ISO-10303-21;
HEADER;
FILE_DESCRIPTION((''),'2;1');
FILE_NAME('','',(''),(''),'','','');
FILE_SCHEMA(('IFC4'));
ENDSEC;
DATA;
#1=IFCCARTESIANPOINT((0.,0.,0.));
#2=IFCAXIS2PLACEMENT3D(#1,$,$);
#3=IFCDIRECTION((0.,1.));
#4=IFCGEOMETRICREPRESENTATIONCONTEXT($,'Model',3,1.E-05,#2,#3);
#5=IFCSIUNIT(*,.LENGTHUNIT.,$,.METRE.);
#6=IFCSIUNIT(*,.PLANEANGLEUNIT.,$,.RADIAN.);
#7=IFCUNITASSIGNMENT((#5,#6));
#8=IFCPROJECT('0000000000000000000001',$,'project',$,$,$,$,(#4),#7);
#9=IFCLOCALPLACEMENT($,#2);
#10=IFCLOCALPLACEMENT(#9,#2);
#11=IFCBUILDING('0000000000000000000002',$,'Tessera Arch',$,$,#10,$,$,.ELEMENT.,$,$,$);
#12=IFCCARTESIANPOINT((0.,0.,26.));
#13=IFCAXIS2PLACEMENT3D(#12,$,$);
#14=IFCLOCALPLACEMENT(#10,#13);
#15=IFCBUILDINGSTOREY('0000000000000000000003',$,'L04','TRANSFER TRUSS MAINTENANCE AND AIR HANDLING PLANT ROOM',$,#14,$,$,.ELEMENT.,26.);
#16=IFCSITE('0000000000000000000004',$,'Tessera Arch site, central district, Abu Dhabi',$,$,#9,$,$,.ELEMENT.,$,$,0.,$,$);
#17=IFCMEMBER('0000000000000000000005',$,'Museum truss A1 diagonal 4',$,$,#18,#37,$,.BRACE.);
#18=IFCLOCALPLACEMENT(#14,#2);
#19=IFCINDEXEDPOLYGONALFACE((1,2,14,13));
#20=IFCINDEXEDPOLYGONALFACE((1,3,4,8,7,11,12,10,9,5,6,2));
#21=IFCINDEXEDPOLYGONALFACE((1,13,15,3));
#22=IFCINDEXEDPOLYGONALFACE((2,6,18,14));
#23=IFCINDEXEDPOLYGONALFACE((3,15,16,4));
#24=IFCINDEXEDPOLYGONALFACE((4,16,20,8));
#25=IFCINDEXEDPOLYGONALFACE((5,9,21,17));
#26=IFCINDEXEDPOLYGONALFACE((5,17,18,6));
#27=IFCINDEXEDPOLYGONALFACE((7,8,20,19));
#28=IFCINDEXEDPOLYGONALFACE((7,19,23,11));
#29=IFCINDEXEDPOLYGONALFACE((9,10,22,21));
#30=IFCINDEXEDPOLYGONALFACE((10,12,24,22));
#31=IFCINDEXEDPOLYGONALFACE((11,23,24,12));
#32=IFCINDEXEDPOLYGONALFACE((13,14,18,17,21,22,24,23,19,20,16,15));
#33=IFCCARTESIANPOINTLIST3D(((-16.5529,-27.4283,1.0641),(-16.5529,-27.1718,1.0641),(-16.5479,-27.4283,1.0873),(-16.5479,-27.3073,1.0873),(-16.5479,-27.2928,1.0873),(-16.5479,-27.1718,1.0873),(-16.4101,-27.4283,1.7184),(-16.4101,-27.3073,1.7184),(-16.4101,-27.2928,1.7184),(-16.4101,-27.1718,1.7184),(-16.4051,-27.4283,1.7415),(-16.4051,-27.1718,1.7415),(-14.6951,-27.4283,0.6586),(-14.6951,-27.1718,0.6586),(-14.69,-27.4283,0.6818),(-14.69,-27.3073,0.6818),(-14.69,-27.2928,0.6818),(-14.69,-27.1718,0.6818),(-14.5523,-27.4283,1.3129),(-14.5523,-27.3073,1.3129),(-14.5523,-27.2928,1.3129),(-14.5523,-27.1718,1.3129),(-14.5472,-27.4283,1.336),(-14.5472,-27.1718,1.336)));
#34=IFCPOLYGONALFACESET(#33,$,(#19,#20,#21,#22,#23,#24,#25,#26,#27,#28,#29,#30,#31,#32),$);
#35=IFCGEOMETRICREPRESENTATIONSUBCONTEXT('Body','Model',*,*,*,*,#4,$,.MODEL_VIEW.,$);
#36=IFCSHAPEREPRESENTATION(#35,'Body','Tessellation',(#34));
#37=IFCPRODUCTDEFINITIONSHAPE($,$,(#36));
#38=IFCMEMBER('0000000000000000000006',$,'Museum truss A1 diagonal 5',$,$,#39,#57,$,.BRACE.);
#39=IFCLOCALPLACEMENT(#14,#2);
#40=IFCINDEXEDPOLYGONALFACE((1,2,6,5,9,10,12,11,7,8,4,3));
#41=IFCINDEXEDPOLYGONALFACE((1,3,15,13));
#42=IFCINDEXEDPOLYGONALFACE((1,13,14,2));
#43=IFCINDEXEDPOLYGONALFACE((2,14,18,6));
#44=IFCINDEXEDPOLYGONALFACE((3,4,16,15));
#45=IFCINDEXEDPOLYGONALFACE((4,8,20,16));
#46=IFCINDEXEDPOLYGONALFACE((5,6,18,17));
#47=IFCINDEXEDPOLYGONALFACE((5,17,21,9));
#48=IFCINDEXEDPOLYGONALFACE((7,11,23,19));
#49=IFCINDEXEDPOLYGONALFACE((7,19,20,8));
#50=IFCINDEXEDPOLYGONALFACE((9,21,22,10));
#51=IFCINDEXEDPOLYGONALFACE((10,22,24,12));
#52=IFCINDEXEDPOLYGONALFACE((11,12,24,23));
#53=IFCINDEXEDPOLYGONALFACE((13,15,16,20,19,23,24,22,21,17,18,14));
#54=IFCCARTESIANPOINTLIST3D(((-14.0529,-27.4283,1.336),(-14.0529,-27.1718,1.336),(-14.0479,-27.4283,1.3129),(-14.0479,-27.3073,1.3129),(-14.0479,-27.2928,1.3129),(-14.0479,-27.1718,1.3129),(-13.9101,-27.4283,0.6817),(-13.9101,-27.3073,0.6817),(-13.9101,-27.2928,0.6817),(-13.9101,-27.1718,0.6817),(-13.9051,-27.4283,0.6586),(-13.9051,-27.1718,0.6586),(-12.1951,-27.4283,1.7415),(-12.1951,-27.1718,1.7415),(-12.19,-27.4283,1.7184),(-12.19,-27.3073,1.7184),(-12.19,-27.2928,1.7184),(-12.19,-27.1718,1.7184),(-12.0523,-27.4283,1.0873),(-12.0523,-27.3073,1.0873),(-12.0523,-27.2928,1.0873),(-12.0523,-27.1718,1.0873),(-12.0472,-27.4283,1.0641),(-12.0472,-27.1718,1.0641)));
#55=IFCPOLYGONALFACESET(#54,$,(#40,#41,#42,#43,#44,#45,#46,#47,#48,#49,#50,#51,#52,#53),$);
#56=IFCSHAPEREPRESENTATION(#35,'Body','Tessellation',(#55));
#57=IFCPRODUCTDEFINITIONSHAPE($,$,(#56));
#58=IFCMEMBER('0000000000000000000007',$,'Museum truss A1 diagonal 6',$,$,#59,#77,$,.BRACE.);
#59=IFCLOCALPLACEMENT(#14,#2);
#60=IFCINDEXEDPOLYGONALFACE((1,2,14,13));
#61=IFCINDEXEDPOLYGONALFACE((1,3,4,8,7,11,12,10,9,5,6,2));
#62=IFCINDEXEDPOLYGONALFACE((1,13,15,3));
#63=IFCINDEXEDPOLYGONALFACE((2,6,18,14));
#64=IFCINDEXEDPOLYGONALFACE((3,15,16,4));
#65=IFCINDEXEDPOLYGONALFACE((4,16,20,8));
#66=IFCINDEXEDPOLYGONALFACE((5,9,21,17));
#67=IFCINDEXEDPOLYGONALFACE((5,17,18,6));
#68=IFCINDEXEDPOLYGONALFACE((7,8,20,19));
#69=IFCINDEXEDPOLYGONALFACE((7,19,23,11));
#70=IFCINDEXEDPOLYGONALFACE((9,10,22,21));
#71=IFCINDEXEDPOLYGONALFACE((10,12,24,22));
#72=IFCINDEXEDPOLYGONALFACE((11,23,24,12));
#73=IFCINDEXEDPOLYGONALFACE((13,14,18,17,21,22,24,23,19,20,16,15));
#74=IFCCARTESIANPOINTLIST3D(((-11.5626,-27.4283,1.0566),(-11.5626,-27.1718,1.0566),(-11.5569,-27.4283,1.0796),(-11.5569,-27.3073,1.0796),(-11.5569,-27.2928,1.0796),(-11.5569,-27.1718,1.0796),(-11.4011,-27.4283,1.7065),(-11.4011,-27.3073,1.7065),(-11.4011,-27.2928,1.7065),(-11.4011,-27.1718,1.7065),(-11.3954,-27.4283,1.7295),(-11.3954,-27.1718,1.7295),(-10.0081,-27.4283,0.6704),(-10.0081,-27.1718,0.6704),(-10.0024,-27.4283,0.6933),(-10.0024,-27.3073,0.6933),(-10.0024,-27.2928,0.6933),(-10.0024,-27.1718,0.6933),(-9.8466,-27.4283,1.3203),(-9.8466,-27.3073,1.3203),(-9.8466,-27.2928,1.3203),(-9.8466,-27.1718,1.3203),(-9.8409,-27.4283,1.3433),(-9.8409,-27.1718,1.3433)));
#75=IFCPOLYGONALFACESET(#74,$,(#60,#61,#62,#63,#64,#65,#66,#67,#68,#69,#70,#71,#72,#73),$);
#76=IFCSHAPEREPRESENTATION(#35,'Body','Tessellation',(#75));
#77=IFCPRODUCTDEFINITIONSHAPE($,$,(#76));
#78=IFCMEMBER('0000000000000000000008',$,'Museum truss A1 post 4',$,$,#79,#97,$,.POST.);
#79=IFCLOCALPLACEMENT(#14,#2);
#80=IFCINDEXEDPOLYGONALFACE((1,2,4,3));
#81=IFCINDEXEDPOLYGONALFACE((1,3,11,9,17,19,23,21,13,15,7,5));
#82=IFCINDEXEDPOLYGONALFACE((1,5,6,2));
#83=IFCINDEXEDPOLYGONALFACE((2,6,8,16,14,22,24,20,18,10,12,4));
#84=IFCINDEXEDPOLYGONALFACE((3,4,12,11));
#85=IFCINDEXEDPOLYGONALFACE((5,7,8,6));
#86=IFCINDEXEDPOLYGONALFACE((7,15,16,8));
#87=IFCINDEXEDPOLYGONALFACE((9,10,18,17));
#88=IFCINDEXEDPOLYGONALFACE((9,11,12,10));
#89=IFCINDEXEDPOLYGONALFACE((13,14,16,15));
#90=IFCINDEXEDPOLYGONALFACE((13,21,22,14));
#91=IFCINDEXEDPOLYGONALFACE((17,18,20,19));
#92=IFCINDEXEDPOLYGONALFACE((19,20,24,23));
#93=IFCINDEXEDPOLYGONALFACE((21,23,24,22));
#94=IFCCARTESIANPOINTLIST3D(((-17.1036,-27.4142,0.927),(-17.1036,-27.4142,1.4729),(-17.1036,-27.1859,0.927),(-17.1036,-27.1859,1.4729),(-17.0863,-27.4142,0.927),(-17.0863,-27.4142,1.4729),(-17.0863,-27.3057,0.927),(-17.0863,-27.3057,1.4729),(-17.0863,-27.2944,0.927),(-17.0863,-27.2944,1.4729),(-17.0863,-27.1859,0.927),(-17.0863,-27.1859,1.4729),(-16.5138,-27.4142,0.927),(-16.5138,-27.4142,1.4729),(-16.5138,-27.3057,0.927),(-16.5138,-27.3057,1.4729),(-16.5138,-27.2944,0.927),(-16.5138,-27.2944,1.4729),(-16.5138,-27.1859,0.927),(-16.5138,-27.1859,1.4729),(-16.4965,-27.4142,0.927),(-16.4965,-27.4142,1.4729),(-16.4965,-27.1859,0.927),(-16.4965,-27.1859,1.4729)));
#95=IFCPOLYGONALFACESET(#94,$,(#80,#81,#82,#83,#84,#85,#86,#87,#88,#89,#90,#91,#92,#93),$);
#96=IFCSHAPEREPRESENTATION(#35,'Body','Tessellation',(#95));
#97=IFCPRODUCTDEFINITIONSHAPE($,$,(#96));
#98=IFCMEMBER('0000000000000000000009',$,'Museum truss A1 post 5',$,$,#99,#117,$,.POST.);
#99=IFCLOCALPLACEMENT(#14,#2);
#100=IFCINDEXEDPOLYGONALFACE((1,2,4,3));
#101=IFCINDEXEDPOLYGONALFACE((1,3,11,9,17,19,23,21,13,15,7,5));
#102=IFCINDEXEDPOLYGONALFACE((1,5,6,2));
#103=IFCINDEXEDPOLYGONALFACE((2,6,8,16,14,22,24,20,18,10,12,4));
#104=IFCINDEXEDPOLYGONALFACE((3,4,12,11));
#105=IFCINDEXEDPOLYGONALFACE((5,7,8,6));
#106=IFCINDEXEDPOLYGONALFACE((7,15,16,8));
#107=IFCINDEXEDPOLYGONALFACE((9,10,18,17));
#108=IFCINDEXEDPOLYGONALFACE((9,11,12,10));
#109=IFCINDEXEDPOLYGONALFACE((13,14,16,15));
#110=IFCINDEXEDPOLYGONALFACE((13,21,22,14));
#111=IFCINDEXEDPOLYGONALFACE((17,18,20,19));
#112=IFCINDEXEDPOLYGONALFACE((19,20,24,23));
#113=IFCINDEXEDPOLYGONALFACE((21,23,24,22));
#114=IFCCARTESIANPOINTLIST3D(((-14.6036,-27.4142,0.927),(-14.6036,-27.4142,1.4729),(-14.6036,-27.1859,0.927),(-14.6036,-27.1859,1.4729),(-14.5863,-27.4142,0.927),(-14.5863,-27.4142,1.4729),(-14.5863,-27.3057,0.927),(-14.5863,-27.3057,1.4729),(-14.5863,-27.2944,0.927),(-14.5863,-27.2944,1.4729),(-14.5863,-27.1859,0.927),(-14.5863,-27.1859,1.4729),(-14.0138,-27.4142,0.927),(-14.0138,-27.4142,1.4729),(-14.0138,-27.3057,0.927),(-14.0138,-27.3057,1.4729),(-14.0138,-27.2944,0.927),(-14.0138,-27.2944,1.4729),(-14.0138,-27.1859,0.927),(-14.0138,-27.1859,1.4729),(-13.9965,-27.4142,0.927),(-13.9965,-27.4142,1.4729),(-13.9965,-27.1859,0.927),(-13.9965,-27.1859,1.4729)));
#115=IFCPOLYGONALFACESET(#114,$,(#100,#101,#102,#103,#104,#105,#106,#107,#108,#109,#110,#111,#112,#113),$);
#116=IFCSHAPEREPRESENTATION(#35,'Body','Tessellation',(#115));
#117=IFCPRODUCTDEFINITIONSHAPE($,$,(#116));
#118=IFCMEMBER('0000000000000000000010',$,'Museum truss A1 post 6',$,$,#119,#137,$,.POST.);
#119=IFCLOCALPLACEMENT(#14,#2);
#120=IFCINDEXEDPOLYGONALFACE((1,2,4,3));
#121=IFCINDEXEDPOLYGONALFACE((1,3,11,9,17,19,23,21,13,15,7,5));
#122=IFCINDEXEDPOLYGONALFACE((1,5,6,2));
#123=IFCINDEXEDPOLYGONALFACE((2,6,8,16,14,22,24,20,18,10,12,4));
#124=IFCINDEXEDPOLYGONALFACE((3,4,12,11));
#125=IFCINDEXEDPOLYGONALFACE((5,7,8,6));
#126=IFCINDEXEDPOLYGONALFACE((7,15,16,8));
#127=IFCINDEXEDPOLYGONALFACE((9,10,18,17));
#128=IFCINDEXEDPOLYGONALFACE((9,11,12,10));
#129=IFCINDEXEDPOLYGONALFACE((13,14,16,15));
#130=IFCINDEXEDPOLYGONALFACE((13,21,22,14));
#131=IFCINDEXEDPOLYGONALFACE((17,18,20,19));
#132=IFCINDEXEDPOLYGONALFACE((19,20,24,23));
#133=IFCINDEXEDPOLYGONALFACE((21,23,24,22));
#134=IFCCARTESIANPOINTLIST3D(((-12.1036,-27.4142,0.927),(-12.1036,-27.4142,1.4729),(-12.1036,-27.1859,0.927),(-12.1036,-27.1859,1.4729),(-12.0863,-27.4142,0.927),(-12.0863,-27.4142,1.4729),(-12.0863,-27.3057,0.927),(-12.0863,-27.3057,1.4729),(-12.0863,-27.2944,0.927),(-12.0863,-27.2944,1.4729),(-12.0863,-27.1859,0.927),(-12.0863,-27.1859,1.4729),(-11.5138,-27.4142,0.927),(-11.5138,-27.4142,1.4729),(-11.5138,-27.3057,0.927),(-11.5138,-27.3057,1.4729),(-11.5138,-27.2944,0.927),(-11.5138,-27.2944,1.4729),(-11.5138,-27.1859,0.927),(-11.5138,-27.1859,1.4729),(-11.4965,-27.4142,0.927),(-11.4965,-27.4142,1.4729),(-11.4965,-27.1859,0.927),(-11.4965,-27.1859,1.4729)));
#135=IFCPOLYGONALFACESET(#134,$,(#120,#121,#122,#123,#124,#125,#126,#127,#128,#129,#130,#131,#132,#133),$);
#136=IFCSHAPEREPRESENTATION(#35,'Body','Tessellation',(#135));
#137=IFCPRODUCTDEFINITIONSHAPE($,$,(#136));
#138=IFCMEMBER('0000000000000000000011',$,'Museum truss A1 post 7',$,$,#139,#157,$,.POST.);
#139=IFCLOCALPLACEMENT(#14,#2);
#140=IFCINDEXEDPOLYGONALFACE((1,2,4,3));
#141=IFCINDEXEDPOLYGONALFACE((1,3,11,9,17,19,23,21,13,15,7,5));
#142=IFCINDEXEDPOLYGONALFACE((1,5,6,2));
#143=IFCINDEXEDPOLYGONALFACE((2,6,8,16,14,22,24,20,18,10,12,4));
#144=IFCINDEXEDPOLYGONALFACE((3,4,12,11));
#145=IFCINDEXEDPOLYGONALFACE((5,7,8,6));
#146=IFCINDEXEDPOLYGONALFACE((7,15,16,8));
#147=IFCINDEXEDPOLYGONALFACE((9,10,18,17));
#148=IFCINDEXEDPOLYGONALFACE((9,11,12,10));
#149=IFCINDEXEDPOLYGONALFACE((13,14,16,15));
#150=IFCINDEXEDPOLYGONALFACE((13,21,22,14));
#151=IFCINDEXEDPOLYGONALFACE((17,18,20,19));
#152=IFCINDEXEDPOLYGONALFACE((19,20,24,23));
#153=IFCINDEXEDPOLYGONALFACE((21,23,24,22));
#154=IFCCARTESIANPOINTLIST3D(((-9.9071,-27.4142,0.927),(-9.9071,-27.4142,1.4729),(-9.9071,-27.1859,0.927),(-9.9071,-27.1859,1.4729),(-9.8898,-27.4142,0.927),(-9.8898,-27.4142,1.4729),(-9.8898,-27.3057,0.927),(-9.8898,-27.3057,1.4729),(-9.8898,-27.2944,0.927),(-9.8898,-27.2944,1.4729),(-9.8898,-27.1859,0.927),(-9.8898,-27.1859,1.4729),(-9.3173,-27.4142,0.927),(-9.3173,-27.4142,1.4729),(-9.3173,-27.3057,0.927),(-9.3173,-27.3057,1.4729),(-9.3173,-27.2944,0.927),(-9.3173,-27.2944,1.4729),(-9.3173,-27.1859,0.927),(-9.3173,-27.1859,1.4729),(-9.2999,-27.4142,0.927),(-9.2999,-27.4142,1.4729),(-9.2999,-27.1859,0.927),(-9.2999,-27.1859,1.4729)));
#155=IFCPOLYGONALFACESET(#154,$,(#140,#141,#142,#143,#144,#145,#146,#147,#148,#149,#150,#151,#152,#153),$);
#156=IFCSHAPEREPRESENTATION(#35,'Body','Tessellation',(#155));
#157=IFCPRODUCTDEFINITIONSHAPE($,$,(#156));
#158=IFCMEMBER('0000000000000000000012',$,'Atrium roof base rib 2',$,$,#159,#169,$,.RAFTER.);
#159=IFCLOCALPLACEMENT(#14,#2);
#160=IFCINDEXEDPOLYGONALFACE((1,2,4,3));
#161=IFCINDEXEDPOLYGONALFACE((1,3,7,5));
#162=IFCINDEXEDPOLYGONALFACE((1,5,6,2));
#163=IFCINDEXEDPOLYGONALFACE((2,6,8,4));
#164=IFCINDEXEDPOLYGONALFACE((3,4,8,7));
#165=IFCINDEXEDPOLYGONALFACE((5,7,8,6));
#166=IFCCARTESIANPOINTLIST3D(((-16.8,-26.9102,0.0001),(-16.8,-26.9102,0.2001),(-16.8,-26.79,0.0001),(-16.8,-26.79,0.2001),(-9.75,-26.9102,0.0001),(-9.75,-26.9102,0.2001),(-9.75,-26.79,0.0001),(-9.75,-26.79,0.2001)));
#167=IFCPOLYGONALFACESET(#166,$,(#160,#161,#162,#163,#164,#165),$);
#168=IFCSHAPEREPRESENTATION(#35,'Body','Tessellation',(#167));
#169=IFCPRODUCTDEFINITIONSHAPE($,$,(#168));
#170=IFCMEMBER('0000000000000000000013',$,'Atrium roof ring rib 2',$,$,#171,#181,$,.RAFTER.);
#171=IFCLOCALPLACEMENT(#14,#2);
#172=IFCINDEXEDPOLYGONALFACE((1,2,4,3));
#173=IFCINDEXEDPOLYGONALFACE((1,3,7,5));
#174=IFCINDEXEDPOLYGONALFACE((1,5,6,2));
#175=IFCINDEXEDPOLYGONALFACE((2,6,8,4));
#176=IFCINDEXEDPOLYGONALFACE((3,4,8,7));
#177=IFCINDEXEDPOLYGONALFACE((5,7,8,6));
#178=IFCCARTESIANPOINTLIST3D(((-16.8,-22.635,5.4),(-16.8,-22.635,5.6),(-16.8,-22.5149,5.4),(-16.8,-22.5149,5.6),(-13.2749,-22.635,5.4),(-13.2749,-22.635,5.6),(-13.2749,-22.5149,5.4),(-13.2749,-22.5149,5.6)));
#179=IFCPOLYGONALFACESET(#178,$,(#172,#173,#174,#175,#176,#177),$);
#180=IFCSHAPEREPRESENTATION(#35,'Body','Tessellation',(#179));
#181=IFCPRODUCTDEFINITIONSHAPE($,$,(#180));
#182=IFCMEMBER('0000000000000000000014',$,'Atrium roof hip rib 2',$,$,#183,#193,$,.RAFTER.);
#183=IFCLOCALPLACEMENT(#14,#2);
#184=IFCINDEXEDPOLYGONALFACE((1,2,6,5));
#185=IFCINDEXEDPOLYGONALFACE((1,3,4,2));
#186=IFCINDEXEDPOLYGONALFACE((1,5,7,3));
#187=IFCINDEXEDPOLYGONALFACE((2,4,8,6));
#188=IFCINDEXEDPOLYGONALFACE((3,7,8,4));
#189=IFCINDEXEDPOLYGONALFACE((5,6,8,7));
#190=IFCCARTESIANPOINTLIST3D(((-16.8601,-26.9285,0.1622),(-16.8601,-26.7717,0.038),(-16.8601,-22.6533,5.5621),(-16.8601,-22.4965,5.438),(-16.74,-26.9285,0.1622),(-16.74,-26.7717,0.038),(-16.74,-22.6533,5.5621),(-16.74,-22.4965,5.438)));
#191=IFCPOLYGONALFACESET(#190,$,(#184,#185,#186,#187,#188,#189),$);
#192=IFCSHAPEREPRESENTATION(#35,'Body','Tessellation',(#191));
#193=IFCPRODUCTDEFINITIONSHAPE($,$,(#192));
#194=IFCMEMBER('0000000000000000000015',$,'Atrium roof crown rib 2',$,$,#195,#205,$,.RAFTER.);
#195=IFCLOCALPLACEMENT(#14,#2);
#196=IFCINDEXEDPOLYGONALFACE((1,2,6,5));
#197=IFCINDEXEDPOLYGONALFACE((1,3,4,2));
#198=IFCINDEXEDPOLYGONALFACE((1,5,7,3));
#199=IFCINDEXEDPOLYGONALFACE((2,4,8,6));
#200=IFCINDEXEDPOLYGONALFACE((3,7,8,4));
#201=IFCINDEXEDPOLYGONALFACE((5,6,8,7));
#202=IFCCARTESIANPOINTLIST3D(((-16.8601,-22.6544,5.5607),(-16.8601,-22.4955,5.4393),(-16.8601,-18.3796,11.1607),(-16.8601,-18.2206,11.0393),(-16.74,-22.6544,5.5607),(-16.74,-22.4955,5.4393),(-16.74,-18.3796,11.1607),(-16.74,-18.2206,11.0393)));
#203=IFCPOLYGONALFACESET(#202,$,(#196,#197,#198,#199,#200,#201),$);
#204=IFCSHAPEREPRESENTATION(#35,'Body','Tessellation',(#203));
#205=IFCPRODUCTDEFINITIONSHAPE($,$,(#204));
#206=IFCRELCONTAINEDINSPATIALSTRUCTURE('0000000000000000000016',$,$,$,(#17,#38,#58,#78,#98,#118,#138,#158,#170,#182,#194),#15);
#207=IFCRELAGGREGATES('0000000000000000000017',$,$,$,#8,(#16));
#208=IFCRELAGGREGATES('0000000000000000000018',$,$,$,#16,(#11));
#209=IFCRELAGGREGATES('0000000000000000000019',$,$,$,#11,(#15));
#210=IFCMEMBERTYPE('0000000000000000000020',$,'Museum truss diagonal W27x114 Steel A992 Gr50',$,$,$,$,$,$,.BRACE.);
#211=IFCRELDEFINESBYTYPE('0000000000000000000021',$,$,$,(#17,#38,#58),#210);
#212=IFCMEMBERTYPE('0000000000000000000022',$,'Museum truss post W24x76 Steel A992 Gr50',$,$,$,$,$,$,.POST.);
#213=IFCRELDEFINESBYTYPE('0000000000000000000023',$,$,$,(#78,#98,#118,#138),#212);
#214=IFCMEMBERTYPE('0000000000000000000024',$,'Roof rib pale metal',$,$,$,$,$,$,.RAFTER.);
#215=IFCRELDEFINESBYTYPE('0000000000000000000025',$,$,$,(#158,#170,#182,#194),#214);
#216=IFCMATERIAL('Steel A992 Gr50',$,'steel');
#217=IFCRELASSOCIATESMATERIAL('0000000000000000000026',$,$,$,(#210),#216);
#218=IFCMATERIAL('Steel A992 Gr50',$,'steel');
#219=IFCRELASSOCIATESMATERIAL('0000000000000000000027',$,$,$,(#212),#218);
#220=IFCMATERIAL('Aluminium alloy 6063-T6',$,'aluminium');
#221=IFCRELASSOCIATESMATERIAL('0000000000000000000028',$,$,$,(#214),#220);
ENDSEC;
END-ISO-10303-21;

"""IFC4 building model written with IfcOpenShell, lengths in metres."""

from ifc_helpers import new_model, si_unit, direction, frame, origin, origin_2d, place, context, subcontext, project, spatial, rectangle, i_section, extrude, material, material_profile, profile_set, type_object, element, save


model = new_model("IFC4")

# Units and contexts
model_context = context("Model", 3, precision=1e-05, world=origin(), true_north=direction((0.0, 1.0)))
body_context = subcontext(model_context, "Body", "Model", "MODEL_VIEW")
ifc_project = project(units=[si_unit("LENGTHUNIT", "METRE"), si_unit("PLANEANGLEUNIT", "RADIAN")], contexts=[model_context])

# Site, building, storey
site_placement = place(None, origin())
site = spatial("IfcSite", under=ifc_project, at=site_placement, Name="Tessera Arch site, central district, Abu Dhabi", CompositionType="ELEMENT", RefElevation=0.0)
building_placement = place(site_placement, origin())
building = spatial("IfcBuilding", under=site, at=building_placement, Name="Tessera Arch", CompositionType="ELEMENT")
storey_placement = place(building_placement, frame((0.0, 0.0, 26.0)))
storey = spatial("IfcBuildingStorey", under=building, at=storey_placement, Name="L04", Description="TRANSFER TRUSS MAINTENANCE AND AIR HANDLING PLANT ROOM", CompositionType="ELEMENT", Elevation=26.0)

# Members
ifc_material_1 = material(Name="Steel A992 Gr50", Category="steel")
ifc_material_profile_1 = material_profile(ifc_material_1, i_section(OverallWidth=0.2566, OverallDepth=0.6934, WebThickness=0.0144, FlangeThickness=0.0237, at=origin_2d()), Name="W27x114")
ifc_profile_set_1 = profile_set([ifc_material_profile_1], Name="Steel A992 Gr50")
member_type_1 = type_object("IfcMemberType", Name="Museum truss diagonal W27x114 Steel A992 Gr50", PredefinedType="BRACE", material=ifc_profile_set_1)
for number, where, z_axis, x_axis, name in (
    (1, (-16.479, -27.3, 1.4028), (0.976999, 0.0, -0.213245), (0.0, 1.0, 0.0), "Museum truss A1 diagonal 4"),
    (2, (-13.979, -27.3, 0.9973), (0.976999, 0.0, 0.213245), (0.0, 1.0, 0.0), "Museum truss A1 diagonal 5"),
):
    element("IfcMember", number, at=place(storey_placement, frame(where, z_axis=z_axis, x_axis=x_axis)), inside=storey, type_object=member_type_1, Name=name, PredefinedType="BRACE", context=body_context, shape_type="SweptSolid", body=[
        extrude(i_section(OverallWidth=0.2566, OverallDepth=0.6934, WebThickness=0.0144, FlangeThickness=0.0237, at=origin_2d()), origin(), (0.0, 0.0, 1.0), 1.9016),
    ])
member_1_placement = place(storey_placement, frame((-11.479, -27.3, 1.3931), z_axis=(0.970491, 0.0, -0.241137), x_axis=(0.0, 1.0, 0.0)))
element("IfcMember", 3, at=member_1_placement, inside=storey, type_object=member_type_1, Name="Museum truss A1 diagonal 6", PredefinedType="BRACE", context=body_context, shape_type="SweptSolid", body=[
    extrude(i_section(OverallWidth=0.2566, OverallDepth=0.6934, WebThickness=0.0144, FlangeThickness=0.0237, at=origin_2d()), origin(), (0.0, 0.0, 1.0), 1.6018),
])
ifc_material_2 = material(Name="Steel A992 Gr50", Category="steel")
ifc_material_profile_2 = material_profile(ifc_material_2, i_section(OverallWidth=0.2283, OverallDepth=0.6072, WebThickness=0.0112, FlangeThickness=0.0173, at=origin_2d()), Name="W24x76")
ifc_profile_set_2 = profile_set([ifc_material_profile_2], Name="Steel A992 Gr50")
member_type_2 = type_object("IfcMemberType", Name="Museum truss post W24x76 Steel A992 Gr50", PredefinedType="POST", material=ifc_profile_set_2)
for number, where, z_axis, x_axis, name in (
    (4, (-16.8, -27.3, 0.927), (0.0, 0.0, 1.0), (0.0, 1.0, 0.0), "Museum truss A1 post 4"),
    (5, (-14.3, -27.3, 0.927), (0.0, 0.0, 1.0), (0.0, 1.0, 0.0), "Museum truss A1 post 5"),
    (6, (-11.8, -27.3, 0.927), (0.0, 0.0, 1.0), (0.0, 1.0, 0.0), "Museum truss A1 post 6"),
    (7, (-9.6035, -27.3, 0.927), (0.0, 0.0, 1.0), (0.0, 1.0, 0.0), "Museum truss A1 post 7"),
):
    element("IfcMember", number, at=place(storey_placement, frame(where, z_axis=z_axis, x_axis=x_axis)), inside=storey, type_object=member_type_2, Name=name, PredefinedType="POST", context=body_context, shape_type="SweptSolid", body=[
        extrude(i_section(OverallWidth=0.2283, OverallDepth=0.6072, WebThickness=0.0112, FlangeThickness=0.0173, at=origin_2d()), origin(), (0.0, 0.0, 1.0), 0.5459),
    ])
ifc_material_3 = material(Name="Aluminium alloy 6063-T6", Category="aluminium")
ifc_material_profile_3 = material_profile(ifc_material_3, rectangle(XDim=0.1201, YDim=0.2, at=origin_2d()), Name="AL 120x200")
ifc_profile_set_3 = profile_set([ifc_material_profile_3], Name="Aluminium alloy 6063-T6")
member_type_3 = type_object("IfcMemberType", Name="Roof rib pale metal", PredefinedType="RAFTER", material=ifc_profile_set_3)
member_2_placement = place(storey_placement, frame((-16.8, -26.8501, 0.1001), z_axis=(1.0, 0.0, 0.0), x_axis=(0.0, 1.0, 0.0)))
element("IfcMember", 8, at=member_2_placement, inside=storey, type_object=member_type_3, Name="Atrium roof base rib 2", PredefinedType="RAFTER", context=body_context, shape_type="SweptSolid", body=[
    extrude(rectangle(XDim=0.1201, YDim=0.2, at=origin_2d()), origin(), (0.0, 0.0, 1.0), 7.05),
])
member_3_placement = place(storey_placement, frame((-16.8, -22.575, 5.5), z_axis=(1.0, 0.0, 0.0), x_axis=(0.0, 1.0, 0.0)))
element("IfcMember", 9, at=member_3_placement, inside=storey, type_object=member_type_3, Name="Atrium roof ring rib 2", PredefinedType="RAFTER", context=body_context, shape_type="SweptSolid", body=[
    extrude(rectangle(XDim=0.1201, YDim=0.2, at=origin_2d()), origin(), (0.0, 0.0, 1.0), 3.5251),
])
member_4_placement = place(storey_placement, frame((-16.8, -26.8501, 0.1001), z_axis=(0.0, 0.620723, 0.78403), x_axis=(-1.0, 0.0, 0.0)))
element("IfcMember", 10, at=member_4_placement, inside=storey, type_object=member_type_3, Name="Atrium roof hip rib 2", PredefinedType="RAFTER", context=body_context, shape_type="SweptSolid", body=[
    extrude(rectangle(XDim=0.1201, YDim=0.2, at=origin_2d()), origin(), (0.0, 0.0, 1.0), 6.8875),
])
member_5_placement = place(storey_placement, frame((-16.8, -22.575, 5.5), z_axis=(0.0, 0.606776, 0.794873), x_axis=(-1.0, 0.0, 0.0)))
element("IfcMember", 11, at=member_5_placement, inside=storey, type_object=member_type_3, Name="Atrium roof crown rib 2", PredefinedType="RAFTER", context=body_context, shape_type="SweptSolid", body=[
    extrude(rectangle(XDim=0.1201, YDim=0.2, at=origin_2d()), origin(), (0.0, 0.0, 1.0), 7.0452),
])

save(model, "model.ifc")
